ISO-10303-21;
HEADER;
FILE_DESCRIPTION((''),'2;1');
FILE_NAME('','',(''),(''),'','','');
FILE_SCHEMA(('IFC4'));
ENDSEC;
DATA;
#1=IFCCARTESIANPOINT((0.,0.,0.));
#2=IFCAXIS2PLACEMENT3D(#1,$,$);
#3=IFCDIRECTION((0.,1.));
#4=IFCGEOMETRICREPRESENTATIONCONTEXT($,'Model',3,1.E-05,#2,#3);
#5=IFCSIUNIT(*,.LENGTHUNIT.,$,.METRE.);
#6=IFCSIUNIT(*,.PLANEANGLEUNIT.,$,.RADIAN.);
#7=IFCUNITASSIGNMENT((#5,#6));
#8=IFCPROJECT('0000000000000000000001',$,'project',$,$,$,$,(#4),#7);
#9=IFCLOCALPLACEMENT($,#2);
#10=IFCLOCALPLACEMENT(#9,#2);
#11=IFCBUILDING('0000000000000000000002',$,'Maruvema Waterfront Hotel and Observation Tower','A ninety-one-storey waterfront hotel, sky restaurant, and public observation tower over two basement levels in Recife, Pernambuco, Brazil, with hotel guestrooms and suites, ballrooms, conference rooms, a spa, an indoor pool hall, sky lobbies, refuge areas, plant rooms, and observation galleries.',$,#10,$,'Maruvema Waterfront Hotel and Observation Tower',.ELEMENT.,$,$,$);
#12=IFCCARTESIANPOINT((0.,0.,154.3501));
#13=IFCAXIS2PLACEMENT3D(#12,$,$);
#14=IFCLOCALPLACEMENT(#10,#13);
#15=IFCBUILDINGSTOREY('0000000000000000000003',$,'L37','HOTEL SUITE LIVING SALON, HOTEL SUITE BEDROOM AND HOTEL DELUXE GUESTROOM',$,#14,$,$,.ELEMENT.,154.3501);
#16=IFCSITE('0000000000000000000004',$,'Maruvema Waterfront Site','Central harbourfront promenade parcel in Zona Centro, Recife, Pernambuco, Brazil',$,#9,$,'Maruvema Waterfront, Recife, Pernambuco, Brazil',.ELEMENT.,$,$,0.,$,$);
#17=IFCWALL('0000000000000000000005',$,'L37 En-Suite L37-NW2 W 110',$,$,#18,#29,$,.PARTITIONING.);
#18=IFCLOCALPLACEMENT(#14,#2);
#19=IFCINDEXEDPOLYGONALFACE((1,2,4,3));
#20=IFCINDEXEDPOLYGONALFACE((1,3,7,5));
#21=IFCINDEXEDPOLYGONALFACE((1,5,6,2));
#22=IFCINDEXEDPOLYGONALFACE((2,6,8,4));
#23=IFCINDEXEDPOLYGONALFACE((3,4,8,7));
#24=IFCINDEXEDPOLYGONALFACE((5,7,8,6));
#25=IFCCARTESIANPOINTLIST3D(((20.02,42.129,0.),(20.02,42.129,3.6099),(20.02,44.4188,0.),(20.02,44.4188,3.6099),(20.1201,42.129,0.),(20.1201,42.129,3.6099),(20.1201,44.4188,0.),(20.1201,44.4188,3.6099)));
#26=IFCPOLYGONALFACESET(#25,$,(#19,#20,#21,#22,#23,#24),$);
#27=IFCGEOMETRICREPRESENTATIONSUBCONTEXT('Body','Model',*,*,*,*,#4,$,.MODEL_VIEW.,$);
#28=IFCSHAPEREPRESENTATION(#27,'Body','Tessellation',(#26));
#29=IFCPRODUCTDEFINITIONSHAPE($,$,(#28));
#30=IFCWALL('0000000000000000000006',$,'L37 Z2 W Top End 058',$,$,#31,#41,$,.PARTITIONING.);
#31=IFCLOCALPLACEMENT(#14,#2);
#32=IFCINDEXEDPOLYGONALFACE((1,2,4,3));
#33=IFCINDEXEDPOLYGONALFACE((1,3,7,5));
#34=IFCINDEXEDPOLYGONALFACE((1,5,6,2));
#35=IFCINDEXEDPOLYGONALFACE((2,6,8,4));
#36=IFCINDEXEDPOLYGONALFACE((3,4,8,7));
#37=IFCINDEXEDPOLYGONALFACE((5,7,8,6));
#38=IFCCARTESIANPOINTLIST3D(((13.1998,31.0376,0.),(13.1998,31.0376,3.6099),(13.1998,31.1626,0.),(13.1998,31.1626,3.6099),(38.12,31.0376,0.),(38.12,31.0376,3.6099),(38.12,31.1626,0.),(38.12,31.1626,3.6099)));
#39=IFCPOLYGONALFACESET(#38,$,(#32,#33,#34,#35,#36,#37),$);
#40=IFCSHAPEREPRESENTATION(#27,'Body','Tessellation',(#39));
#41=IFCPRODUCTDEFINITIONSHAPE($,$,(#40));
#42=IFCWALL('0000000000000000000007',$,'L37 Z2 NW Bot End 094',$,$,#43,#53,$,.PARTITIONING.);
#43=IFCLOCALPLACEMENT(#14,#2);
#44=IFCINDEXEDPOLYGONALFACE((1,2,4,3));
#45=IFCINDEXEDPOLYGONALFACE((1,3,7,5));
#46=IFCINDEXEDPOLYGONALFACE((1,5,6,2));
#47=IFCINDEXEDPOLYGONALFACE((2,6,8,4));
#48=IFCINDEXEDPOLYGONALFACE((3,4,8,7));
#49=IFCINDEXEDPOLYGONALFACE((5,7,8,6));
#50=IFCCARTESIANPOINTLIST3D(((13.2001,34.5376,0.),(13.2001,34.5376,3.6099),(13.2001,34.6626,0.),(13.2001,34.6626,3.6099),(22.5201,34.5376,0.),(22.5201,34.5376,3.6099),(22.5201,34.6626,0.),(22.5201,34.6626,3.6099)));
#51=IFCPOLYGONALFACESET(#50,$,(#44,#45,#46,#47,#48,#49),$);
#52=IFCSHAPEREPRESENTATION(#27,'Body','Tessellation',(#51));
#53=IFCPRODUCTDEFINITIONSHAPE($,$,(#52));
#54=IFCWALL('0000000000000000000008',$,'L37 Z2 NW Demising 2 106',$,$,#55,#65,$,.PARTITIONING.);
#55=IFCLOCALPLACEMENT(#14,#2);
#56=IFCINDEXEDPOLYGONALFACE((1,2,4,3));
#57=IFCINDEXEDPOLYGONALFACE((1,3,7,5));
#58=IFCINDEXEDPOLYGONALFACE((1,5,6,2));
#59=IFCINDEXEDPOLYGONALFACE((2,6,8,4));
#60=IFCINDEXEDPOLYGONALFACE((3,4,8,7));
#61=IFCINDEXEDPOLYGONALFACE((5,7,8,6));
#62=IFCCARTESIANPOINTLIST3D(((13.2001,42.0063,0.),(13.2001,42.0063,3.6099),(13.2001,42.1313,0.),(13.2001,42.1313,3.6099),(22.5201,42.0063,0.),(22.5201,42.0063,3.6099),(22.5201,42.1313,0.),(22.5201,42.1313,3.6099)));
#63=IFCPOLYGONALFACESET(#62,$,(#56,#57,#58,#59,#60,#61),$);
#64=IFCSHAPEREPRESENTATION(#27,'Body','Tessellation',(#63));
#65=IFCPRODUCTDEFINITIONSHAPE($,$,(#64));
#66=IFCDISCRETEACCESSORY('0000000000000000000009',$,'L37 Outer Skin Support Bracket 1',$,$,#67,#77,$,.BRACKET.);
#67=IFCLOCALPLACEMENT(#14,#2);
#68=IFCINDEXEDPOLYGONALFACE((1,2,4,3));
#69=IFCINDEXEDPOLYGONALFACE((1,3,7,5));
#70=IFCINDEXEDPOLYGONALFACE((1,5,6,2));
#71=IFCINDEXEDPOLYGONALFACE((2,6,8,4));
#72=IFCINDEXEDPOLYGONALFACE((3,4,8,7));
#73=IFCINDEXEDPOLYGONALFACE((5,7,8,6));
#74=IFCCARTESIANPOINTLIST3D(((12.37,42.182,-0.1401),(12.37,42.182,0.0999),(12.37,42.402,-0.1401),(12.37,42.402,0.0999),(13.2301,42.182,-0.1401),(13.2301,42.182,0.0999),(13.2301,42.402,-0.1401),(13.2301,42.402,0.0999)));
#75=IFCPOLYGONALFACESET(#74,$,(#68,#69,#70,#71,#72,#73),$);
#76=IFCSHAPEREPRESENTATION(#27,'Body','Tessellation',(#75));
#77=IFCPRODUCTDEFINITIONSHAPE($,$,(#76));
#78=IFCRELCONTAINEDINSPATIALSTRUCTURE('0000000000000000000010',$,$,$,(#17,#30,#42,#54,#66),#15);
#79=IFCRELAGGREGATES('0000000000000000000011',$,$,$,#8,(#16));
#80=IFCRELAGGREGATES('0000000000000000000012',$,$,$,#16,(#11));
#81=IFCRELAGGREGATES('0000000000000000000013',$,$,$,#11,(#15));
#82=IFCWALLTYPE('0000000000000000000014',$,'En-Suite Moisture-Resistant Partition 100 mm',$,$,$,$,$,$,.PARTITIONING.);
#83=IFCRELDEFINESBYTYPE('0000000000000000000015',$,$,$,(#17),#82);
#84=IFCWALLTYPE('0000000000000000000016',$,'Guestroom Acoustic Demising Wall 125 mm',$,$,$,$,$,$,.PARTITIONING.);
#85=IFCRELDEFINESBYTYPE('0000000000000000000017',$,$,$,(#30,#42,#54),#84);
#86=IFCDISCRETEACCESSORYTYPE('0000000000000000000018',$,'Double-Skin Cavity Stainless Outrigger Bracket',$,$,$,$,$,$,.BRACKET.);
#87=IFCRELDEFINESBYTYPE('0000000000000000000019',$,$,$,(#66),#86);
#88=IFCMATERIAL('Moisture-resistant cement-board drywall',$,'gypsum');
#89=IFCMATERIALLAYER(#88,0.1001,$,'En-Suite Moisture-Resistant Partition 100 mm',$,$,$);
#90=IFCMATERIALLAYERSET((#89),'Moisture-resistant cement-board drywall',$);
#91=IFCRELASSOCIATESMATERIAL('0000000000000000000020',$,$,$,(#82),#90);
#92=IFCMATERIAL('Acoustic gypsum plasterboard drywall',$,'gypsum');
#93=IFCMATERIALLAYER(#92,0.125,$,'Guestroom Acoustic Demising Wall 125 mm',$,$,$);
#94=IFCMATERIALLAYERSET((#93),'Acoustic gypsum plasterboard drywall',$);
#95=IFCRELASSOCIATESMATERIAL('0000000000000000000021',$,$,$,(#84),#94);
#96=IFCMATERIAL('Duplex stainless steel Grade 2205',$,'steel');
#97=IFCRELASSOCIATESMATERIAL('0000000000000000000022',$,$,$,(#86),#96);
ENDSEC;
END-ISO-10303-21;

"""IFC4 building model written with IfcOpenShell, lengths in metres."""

from ifc_helpers import new_model, si_unit, direction, frame, frame_2d, origin, origin_2d, place, context, subcontext, project, spatial, rectangle, extrude, material, layer, layer_set, type_object, element, save


model = new_model("IFC4")

# Units and contexts
model_context = context("Model", 3, precision=1e-05, world=origin(), true_north=direction((0.0, 1.0)))
body_context = subcontext(model_context, "Body", "Model", "MODEL_VIEW")
ifc_project = project(units=[si_unit("LENGTHUNIT", "METRE"), si_unit("PLANEANGLEUNIT", "RADIAN")], contexts=[model_context])

# Site, building, storey
site_placement = place(None, origin())
site = spatial("IfcSite", under=ifc_project, at=site_placement, Name="Maruvema Waterfront Site", Description="Central harbourfront promenade parcel in Zona Centro, Recife, Pernambuco, Brazil", LongName="Maruvema Waterfront, Recife, Pernambuco, Brazil", CompositionType="ELEMENT", RefElevation=0.0)
building_placement = place(site_placement, origin())
building = spatial("IfcBuilding", under=site, at=building_placement, Name="Maruvema Waterfront Hotel and Observation Tower", Description="A ninety-one-storey waterfront hotel, sky restaurant, and public observation tower over two basement levels in Recife, Pernambuco, Brazil, with hotel guestrooms and suites, ballrooms, conference rooms, a spa, an indoor pool hall, sky lobbies, refuge areas, plant rooms, and observation galleries.", LongName="Maruvema Waterfront Hotel and Observation Tower", CompositionType="ELEMENT")
storey_placement = place(building_placement, frame((0.0, 0.0, 154.3501)))
storey = spatial("IfcBuildingStorey", under=building, at=storey_placement, Name="L37", Description="HOTEL SUITE LIVING SALON, HOTEL SUITE BEDROOM AND HOTEL DELUXE GUESTROOM", CompositionType="ELEMENT", Elevation=154.3501)

# Shared definitions
ifc_material_1 = material(Name="Moisture-resistant cement-board drywall", Category="gypsum")
ifc_layer_1 = layer(ifc_material_1, 0.1001, Name="En-Suite Moisture-Resistant Partition 100 mm")
ifc_layer_set_1 = layer_set([ifc_layer_1], Name="Moisture-resistant cement-board drywall")
wall_type_1 = type_object("IfcWallType", Name="En-Suite Moisture-Resistant Partition 100 mm", PredefinedType="PARTITIONING", material=ifc_layer_set_1)

# Walls
wall_1_placement = place(storey_placement, frame((20.0701, 42.1289, 0.0), z_axis=(0.0, 0.0, 1.0), x_axis=(0.0, 1.0, 0.0)))
element("IfcWall", 1, at=wall_1_placement, inside=storey, type_object=wall_type_1, Name="L37 En-Suite L37-NW2 W 110", PredefinedType="PARTITIONING", context=body_context, shape_type="SweptSolid", body=[
    extrude(rectangle(XDim=2.2898, YDim=0.1001, at=frame_2d((1.145, 0.0))), origin(), (0.0, 0.0, 1.0), 3.6099),
])
ifc_material_2 = material(Name="Acoustic gypsum plasterboard drywall", Category="gypsum")
ifc_layer_2 = layer(ifc_material_2, 0.125, Name="Guestroom Acoustic Demising Wall 125 mm")
ifc_layer_set_2 = layer_set([ifc_layer_2], Name="Acoustic gypsum plasterboard drywall")
wall_type_2 = type_object("IfcWallType", Name="Guestroom Acoustic Demising Wall 125 mm", PredefinedType="PARTITIONING", material=ifc_layer_set_2)
wall_2_placement = place(storey_placement, frame((13.2, 31.1001, 0.0), z_axis=(0.0, 0.0, 1.0), x_axis=(1.0, 0.0, 0.0)))
element("IfcWall", 2, at=wall_2_placement, inside=storey, type_object=wall_type_2, Name="L37 Z2 W Top End 058", PredefinedType="PARTITIONING", context=body_context, shape_type="SweptSolid", body=[
    extrude(rectangle(XDim=24.9202, YDim=0.125, at=frame_2d((12.46, 0.0))), origin(), (0.0, 0.0, 1.0), 3.6099),
])
for number, where, z_axis, x_axis, name in (
    (3, (13.2, 34.6001, 0.0), (0.0, 0.0, 1.0), (1.0, 0.0, 0.0), "L37 Z2 NW Bot End 094"),
    (4, (13.2, 42.0688, 0.0), (0.0, 0.0, 1.0), (1.0, 0.0, 0.0), "L37 Z2 NW Demising 2 106"),
):
    element("IfcWall", number, at=place(storey_placement, frame(where, z_axis=z_axis, x_axis=x_axis)), inside=storey, type_object=wall_type_2, Name=name, PredefinedType="PARTITIONING", context=body_context, shape_type="SweptSolid", body=[
        extrude(rectangle(XDim=9.3201, YDim=0.125, at=frame_2d((4.6602, 0.0))), origin(), (0.0, 0.0, 1.0), 3.6099),
    ])

# Discrete accessory
ifc_material_3 = material(Name="Duplex stainless steel Grade 2205", Category="steel")
discrete_accessory_type = type_object("IfcDiscreteAccessoryType", Name="Double-Skin Cavity Stainless Outrigger Bracket", PredefinedType="BRACKET", material=ifc_material_3)
discrete_accessory_placement = place(storey_placement, frame((12.8, 42.292, -0.1401), z_axis=(0.0, 0.0, 1.0), x_axis=(0.0, -1.0, 0.0)))
element("IfcDiscreteAccessory", 5, at=discrete_accessory_placement, inside=storey, type_object=discrete_accessory_type, Name="L37 Outer Skin Support Bracket 1", PredefinedType="BRACKET", context=body_context, shape_type="SweptSolid", body=[
    extrude(rectangle(XDim=0.22, YDim=0.8601, at=origin_2d()), origin(), (0.0, 0.0, 1.0), 0.24),
])

save(model, "model.ifc")
